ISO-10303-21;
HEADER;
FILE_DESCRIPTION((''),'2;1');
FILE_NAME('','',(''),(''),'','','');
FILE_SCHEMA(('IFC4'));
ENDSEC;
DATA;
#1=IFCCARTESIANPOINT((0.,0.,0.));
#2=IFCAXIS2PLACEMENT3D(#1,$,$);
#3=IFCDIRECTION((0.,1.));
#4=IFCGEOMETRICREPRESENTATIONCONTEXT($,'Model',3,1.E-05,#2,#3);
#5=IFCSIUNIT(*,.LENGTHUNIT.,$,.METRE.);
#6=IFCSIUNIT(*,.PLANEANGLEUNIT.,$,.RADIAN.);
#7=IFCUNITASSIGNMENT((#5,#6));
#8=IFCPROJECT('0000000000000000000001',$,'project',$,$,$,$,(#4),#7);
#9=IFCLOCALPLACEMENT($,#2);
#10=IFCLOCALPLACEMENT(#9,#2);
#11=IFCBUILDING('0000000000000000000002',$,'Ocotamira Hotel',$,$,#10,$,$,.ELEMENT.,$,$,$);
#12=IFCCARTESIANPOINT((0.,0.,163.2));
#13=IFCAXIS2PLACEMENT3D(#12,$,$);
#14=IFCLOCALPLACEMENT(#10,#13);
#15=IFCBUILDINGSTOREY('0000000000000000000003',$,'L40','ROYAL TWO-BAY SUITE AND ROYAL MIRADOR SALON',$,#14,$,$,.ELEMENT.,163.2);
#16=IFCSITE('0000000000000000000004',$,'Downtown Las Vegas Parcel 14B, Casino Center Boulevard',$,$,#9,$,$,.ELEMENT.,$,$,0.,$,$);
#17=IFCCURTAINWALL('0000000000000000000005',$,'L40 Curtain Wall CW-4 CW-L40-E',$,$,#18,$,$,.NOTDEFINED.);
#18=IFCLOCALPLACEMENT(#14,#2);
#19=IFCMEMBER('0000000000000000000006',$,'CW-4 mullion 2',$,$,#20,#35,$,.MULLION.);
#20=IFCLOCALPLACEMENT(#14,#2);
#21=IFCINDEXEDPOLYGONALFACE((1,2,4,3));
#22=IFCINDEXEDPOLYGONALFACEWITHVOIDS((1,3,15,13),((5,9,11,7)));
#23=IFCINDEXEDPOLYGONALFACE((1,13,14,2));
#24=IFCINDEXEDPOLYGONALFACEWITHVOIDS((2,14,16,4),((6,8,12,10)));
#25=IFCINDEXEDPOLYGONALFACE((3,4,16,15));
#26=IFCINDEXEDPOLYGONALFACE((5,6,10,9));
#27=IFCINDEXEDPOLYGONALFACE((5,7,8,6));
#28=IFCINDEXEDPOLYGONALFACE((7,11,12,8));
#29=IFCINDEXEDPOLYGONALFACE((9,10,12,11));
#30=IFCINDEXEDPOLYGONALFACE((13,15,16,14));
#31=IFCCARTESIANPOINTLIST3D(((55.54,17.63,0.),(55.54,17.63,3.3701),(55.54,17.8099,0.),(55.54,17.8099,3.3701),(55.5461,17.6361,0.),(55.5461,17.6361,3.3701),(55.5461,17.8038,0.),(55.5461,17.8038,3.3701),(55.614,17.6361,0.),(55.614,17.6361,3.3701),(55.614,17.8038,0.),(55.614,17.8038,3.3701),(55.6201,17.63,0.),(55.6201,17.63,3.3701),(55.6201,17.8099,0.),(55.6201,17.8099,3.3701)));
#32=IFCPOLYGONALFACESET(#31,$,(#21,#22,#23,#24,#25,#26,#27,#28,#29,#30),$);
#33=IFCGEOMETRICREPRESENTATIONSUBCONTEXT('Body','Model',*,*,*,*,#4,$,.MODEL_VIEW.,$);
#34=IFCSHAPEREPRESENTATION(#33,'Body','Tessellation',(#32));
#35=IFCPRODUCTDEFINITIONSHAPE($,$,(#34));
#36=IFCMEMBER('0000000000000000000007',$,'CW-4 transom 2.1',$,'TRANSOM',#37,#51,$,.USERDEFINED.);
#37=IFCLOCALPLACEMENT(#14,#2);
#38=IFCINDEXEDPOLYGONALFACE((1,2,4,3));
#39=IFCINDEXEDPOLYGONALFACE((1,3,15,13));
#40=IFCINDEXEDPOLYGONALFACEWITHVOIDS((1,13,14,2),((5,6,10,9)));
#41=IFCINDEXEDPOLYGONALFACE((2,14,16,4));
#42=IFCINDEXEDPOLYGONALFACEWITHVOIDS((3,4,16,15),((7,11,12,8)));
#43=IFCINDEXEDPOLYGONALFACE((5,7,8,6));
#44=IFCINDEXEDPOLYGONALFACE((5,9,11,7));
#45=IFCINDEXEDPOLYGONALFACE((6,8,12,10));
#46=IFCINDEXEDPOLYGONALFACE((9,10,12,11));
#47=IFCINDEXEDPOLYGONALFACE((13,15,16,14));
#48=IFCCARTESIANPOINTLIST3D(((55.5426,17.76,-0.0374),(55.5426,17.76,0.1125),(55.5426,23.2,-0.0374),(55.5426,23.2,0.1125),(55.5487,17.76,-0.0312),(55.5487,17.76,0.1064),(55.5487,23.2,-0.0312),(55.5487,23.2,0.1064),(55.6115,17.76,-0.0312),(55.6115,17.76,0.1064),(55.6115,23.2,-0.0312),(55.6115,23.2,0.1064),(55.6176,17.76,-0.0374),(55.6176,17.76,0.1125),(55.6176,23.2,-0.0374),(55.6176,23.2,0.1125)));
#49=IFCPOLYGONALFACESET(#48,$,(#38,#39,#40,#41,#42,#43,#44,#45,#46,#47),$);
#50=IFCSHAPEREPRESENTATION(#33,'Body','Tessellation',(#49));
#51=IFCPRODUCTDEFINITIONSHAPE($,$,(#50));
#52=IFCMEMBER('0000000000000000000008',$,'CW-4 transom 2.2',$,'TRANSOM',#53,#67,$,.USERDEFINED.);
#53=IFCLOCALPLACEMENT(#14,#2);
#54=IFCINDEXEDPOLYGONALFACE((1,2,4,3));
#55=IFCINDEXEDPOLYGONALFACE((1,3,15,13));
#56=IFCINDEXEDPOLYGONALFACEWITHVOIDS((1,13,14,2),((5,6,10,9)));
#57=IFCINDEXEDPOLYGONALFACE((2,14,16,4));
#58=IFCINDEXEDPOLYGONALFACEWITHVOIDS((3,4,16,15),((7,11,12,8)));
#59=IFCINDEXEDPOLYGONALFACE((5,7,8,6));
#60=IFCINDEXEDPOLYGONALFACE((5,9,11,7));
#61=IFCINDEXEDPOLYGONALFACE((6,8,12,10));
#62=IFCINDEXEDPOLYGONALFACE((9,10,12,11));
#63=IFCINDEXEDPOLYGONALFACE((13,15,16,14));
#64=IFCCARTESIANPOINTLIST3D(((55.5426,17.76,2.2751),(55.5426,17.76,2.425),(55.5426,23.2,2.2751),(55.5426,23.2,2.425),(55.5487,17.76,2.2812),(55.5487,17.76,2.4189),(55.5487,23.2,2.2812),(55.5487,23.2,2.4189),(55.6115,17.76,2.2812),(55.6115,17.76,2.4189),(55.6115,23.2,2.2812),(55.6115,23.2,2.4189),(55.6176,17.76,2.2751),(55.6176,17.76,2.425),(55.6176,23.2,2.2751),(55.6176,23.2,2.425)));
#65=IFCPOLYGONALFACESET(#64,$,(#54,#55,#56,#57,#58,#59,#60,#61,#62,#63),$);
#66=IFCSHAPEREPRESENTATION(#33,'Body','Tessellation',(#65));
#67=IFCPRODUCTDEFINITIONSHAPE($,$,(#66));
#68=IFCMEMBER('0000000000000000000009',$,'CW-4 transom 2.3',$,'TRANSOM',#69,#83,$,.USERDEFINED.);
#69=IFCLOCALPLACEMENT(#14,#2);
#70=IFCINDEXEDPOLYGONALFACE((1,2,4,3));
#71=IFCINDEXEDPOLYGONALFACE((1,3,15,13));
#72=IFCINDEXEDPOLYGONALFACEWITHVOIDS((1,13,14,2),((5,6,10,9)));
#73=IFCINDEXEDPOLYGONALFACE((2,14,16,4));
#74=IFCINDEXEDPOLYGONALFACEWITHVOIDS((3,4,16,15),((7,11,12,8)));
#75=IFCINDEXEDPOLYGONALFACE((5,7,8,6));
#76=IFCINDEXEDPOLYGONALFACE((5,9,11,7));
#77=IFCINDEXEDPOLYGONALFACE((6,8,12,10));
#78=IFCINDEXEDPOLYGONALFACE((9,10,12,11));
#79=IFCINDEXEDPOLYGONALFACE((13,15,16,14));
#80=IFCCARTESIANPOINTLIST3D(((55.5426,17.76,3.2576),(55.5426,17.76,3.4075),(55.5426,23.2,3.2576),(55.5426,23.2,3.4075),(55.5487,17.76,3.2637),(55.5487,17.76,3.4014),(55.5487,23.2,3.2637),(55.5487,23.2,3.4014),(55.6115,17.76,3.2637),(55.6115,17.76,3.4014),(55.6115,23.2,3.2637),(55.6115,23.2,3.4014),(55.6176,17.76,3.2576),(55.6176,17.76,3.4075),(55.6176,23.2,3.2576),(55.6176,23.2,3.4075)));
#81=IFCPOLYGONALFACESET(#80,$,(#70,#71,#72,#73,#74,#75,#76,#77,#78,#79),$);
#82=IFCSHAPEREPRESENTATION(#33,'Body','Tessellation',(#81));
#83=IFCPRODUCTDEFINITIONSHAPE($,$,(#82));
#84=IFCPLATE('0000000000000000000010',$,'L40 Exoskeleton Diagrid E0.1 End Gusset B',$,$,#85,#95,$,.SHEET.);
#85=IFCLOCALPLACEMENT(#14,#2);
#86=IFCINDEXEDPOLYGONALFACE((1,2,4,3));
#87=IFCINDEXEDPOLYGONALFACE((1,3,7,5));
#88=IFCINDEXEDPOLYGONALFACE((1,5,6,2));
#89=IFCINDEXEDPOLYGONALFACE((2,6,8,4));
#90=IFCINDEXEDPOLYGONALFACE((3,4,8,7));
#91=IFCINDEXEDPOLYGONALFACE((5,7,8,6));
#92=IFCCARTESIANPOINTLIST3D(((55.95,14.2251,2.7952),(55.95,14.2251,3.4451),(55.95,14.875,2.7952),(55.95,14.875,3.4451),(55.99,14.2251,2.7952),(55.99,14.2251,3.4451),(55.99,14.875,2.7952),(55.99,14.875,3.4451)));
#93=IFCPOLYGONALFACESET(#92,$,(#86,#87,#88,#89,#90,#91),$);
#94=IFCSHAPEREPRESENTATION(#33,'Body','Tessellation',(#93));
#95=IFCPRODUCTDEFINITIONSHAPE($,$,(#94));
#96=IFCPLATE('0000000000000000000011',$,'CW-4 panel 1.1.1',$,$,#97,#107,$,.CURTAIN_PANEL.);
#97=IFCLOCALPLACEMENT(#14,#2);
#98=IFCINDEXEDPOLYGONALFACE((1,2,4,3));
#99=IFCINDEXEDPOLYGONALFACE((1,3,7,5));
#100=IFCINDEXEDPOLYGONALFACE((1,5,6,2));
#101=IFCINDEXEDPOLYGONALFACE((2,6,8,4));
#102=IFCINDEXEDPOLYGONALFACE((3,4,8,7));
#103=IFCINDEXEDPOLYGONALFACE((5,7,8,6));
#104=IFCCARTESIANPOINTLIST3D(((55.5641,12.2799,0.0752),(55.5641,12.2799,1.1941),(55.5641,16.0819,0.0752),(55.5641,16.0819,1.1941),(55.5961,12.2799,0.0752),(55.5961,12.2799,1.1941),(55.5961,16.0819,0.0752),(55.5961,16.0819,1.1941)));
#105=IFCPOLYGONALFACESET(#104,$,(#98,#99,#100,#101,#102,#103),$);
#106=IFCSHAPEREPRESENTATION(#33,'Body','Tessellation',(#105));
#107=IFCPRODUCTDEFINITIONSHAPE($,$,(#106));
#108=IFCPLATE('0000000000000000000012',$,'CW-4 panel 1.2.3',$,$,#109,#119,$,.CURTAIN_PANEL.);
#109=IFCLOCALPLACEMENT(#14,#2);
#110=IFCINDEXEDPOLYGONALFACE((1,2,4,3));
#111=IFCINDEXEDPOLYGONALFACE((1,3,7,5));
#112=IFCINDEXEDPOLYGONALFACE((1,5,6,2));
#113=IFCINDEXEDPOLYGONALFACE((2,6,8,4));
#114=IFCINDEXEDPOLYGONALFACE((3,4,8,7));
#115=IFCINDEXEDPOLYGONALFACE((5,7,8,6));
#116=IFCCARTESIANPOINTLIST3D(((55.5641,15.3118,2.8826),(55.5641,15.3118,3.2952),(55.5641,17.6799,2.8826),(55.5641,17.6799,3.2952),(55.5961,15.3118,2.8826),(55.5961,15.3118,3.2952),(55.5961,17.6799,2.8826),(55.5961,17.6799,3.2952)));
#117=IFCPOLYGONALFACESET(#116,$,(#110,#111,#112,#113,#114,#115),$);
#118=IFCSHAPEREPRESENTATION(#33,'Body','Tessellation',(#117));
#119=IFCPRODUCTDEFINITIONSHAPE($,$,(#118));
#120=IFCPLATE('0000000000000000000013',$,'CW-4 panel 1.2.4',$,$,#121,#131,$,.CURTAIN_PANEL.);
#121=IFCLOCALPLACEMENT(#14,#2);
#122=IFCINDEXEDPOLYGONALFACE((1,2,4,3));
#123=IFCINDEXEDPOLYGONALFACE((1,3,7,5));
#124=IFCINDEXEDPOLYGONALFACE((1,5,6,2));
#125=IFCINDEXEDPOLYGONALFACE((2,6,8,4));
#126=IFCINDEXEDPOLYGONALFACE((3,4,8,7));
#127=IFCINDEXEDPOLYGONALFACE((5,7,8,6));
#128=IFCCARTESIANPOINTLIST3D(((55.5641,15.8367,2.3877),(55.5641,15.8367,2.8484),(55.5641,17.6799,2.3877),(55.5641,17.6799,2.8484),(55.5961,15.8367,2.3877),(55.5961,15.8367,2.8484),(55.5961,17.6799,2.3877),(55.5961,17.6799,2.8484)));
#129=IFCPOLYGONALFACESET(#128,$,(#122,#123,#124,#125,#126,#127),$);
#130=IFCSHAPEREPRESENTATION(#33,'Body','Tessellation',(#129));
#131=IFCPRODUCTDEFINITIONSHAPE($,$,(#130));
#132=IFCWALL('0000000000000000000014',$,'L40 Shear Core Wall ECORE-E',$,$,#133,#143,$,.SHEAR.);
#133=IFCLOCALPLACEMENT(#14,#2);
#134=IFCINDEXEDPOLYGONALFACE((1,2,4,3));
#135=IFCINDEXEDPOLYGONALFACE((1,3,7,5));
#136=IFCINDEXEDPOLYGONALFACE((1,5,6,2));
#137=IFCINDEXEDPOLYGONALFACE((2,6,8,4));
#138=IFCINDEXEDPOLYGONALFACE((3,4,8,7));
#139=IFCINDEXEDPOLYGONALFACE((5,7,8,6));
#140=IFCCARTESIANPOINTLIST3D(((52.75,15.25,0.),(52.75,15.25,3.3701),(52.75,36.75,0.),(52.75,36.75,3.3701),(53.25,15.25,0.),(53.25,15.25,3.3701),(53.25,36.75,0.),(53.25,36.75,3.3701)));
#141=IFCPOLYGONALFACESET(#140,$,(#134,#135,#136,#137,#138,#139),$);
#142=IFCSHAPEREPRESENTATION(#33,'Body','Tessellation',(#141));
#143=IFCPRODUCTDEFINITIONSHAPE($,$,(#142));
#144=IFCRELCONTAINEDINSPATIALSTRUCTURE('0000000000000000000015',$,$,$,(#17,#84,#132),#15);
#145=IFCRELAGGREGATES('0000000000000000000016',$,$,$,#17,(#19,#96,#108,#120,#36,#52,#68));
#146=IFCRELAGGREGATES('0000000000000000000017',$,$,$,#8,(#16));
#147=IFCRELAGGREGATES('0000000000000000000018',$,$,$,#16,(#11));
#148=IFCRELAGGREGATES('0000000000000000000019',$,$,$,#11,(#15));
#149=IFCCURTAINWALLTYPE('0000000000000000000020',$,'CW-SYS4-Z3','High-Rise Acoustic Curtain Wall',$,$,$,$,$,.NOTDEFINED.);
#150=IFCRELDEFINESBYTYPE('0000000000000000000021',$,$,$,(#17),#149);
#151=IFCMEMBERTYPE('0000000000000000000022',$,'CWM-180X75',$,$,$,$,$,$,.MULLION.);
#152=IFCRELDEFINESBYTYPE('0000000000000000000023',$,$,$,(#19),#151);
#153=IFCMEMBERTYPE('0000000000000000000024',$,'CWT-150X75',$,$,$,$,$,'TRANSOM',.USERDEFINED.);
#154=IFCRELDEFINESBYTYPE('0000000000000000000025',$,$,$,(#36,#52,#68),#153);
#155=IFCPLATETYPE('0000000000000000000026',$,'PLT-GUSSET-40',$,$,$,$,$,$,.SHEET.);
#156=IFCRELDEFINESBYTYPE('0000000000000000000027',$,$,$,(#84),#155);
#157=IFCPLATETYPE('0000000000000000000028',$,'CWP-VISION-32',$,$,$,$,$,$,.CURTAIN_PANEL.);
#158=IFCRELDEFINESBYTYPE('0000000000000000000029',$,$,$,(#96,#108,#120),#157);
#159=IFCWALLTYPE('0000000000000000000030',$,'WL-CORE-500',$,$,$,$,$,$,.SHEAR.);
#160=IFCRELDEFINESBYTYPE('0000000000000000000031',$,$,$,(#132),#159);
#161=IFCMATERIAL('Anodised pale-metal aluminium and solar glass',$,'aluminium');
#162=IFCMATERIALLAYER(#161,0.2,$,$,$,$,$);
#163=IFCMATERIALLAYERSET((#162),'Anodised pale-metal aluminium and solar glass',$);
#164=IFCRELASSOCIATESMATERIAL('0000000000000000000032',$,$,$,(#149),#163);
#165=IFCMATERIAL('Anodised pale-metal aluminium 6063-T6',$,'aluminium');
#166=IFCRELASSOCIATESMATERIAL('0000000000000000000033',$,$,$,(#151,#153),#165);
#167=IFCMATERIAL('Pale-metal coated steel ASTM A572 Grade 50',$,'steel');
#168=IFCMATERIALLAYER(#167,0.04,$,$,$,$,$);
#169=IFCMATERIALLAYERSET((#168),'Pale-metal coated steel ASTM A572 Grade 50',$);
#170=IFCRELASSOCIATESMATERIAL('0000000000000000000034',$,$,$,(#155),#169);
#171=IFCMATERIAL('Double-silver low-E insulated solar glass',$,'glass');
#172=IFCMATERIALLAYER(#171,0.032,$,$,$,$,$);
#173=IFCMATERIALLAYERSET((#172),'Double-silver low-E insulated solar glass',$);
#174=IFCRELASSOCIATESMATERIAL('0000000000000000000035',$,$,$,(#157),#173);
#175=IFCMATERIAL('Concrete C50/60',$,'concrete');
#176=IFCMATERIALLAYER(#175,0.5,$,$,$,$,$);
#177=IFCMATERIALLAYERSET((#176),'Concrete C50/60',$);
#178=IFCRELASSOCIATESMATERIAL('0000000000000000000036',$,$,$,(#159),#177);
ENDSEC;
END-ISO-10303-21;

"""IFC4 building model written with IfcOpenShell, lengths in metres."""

from ifc_helpers import new_model, si_unit, direction, frame, frame_2d, origin, origin_2d, place, context, subcontext, project, spatial, rectangle, hollow_rectangle, extrude, source, transform, mapped, material, layer, layer_set, material_profile, profile_set, type_object, element, aggregate, save


model = new_model("IFC4")

# Units and contexts
model_context = context("Model", 3, precision=1e-05, world=origin(), true_north=direction((0.0, 1.0)))
body_context = subcontext(model_context, "Body", "Model", "MODEL_VIEW")
ifc_project = project(units=[si_unit("LENGTHUNIT", "METRE"), si_unit("PLANEANGLEUNIT", "RADIAN")], contexts=[model_context])

# Site, building, storey
site_placement = place(None, origin())
site = spatial("IfcSite", under=ifc_project, at=site_placement, Name="Downtown Las Vegas Parcel 14B, Casino Center Boulevard", CompositionType="ELEMENT", RefElevation=0.0)
building_placement = place(site_placement, origin())
building = spatial("IfcBuilding", under=site, at=building_placement, Name="Ocotamira Hotel", CompositionType="ELEMENT")
storey_placement = place(building_placement, frame((0.0, 0.0, 163.2)))
storey = spatial("IfcBuildingStorey", under=building, at=storey_placement, Name="L40", Description="ROYAL TWO-BAY SUITE AND ROYAL MIRADOR SALON", CompositionType="ELEMENT", Elevation=163.2)

# Curtain wall, members
ifc_material_1 = material(Name="Anodised pale-metal aluminium and solar glass", Category="aluminium")
ifc_layer_1 = layer(ifc_material_1, 0.2)
ifc_layer_set_1 = layer_set([ifc_layer_1], Name="Anodised pale-metal aluminium and solar glass")
curtain_wall_type = type_object("IfcCurtainWallType", Name="CW-SYS4-Z3", Description="High-Rise Acoustic Curtain Wall", PredefinedType="NOTDEFINED", material=ifc_layer_set_1)
curtain_wall_placement = place(storey_placement, origin())
curtain_wall = element("IfcCurtainWall", 1, at=curtain_wall_placement, inside=storey, type_object=curtain_wall_type, Name="L40 Curtain Wall CW-4 CW-L40-E", PredefinedType="NOTDEFINED")
ifc_material_2 = material(Name="Anodised pale-metal aluminium 6063-T6", Category="aluminium")
ifc_material_profile_1 = material_profile(ifc_material_2, hollow_rectangle(XDim=0.0801, YDim=0.1799, WallThickness=0.0061, at=origin_2d()), Name="HSS180X80X6")
ifc_profile_set_1 = profile_set([ifc_material_profile_1], Name="Anodised pale-metal aluminium 6063-T6")
member_type_1 = type_object("IfcMemberType", Name="CWM-180X75", PredefinedType="MULLION", material=ifc_profile_set_1)
shared_shape_1 = source(origin(), body_context, "Body", "SweptSolid", [
    extrude(hollow_rectangle(XDim=0.0801, YDim=0.1799, WallThickness=0.0061, at=origin_2d()), origin(), (0.0, 0.0, 1.0), 3.3701),
])
member_1_placement = place(storey_placement, frame((55.5801, 17.72, 0.0), z_axis=(0.0, 0.0, 1.0), x_axis=(-1.0, 0.0, 0.0)))
member_1 = element("IfcMember", 2, at=member_1_placement, type_object=member_type_1, Name="CW-4 mullion 2", PredefinedType="MULLION", context=body_context, shape_type="MappedRepresentation", body=[
    mapped(shared_shape_1, transform((0.0, 0.0, 0.0), scale=1.0)),
])
ifc_material_profile_2 = material_profile(ifc_material_2, hollow_rectangle(XDim=0.075, YDim=0.1499, WallThickness=0.0061, at=origin_2d()), Name="HSS150X75X6")
ifc_profile_set_2 = profile_set([ifc_material_profile_2], Name="Anodised pale-metal aluminium 6063-T6")
member_type_2 = type_object("IfcMemberType", Name="CWT-150X75", ElementType="TRANSOM", PredefinedType="USERDEFINED", material=ifc_profile_set_2)
shared_shape_2 = source(origin(), body_context, "Body", "SweptSolid", [
    extrude(hollow_rectangle(XDim=0.075, YDim=0.1499, WallThickness=0.0061, at=origin_2d()), origin(), (0.0, 0.0, 1.0), 5.4399),
])
member_2_placement = place(storey_placement, frame((55.5801, 17.76, 0.0376), z_axis=(0.0, 1.0, 0.0), x_axis=(-1.0, 0.0, 0.0)))
member_2 = element("IfcMember", 3, at=member_2_placement, type_object=member_type_2, Name="CW-4 transom 2.1", ObjectType="TRANSOM", PredefinedType="USERDEFINED", context=body_context, shape_type="MappedRepresentation", body=[
    mapped(shared_shape_2, transform((0.0, 0.0, 0.0), scale=1.0)),
])
member_3_placement = place(storey_placement, frame((55.5801, 17.76, 2.3501), z_axis=(0.0, 1.0, 0.0), x_axis=(-1.0, 0.0, 0.0)))
member_3 = element("IfcMember", 4, at=member_3_placement, type_object=member_type_2, Name="CW-4 transom 2.2", ObjectType="TRANSOM", PredefinedType="USERDEFINED", context=body_context, shape_type="MappedRepresentation", body=[
    mapped(shared_shape_2, transform((0.0, 0.0, 0.0), scale=1.0)),
])
member_4_placement = place(storey_placement, frame((55.5801, 17.76, 3.3325), z_axis=(0.0, 1.0, 0.0), x_axis=(-1.0, 0.0, 0.0)))
member_4 = element("IfcMember", 5, at=member_4_placement, type_object=member_type_2, Name="CW-4 transom 2.3", ObjectType="TRANSOM", PredefinedType="USERDEFINED", context=body_context, shape_type="MappedRepresentation", body=[
    mapped(shared_shape_2, transform((0.0, 0.0, 0.0), scale=1.0)),
])

# Plates
ifc_material_3 = material(Name="Pale-metal coated steel ASTM A572 Grade 50", Category="steel")
ifc_layer_2 = layer(ifc_material_3, 0.04)
ifc_layer_set_2 = layer_set([ifc_layer_2], Name="Pale-metal coated steel ASTM A572 Grade 50")
plate_type_1 = type_object("IfcPlateType", Name="PLT-GUSSET-40", PredefinedType="SHEET", material=ifc_layer_set_2)
shared_shape_3 = source(origin(), body_context, "Body", "SweptSolid", [
    extrude(rectangle(XDim=0.04, YDim=0.6499, at=origin_2d()), origin(), (0.0, 0.0, 1.0), 0.6499),
])
plate_1_placement = place(storey_placement, frame((55.97, 14.55, 2.7952), z_axis=(0.0, 0.0, 1.0), x_axis=(1.0, 0.0, 0.0)))
element("IfcPlate", 6, at=plate_1_placement, inside=storey, type_object=plate_type_1, Name="L40 Exoskeleton Diagrid E0.1 End Gusset B", PredefinedType="SHEET", context=body_context, shape_type="MappedRepresentation", body=[
    mapped(shared_shape_3, transform((0.0, 0.0, 0.0), scale=1.0)),
])
ifc_material_4 = material(Name="Double-silver low-E insulated solar glass", Category="glass")
ifc_layer_3 = layer(ifc_material_4, 0.032)
ifc_layer_set_3 = layer_set([ifc_layer_3], Name="Double-silver low-E insulated solar glass")
plate_type_2 = type_object("IfcPlateType", Name="CWP-VISION-32", PredefinedType="CURTAIN_PANEL", material=ifc_layer_set_3)
shared_shape_4 = source(origin(), body_context, "Body", "SweptSolid", [
    extrude(rectangle(XDim=3.802, YDim=0.032, at=origin_2d()), origin(), (0.0, 0.0, 1.0), 1.1189),
])
plate_2_placement = place(storey_placement, frame((55.5801, 14.1809, 0.0752), z_axis=(0.0, 0.0, 1.0), x_axis=(0.0, 1.0, 0.0)))
plate_2 = element("IfcPlate", 7, at=plate_2_placement, type_object=plate_type_2, Name="CW-4 panel 1.1.1", PredefinedType="CURTAIN_PANEL", context=body_context, shape_type="MappedRepresentation", body=[
    mapped(shared_shape_4, transform((0.0, 0.0, 0.0), scale=1.0)),
])
shared_shape_5 = source(origin(), body_context, "Body", "SweptSolid", [
    extrude(rectangle(XDim=2.3682, YDim=0.032, at=origin_2d()), origin(), (0.0, 0.0, 1.0), 0.4126),
])
plate_3_placement = place(storey_placement, frame((55.5801, 16.4958, 2.8826), z_axis=(0.0, 0.0, 1.0), x_axis=(0.0, 1.0, 0.0)))
plate_3 = element("IfcPlate", 8, at=plate_3_placement, type_object=plate_type_2, Name="CW-4 panel 1.2.3", PredefinedType="CURTAIN_PANEL", context=body_context, shape_type="MappedRepresentation", body=[
    mapped(shared_shape_5, transform((0.0, 0.0, 0.0), scale=1.0)),
])
shared_shape_6 = source(origin(), body_context, "Body", "SweptSolid", [
    extrude(rectangle(XDim=1.8433, YDim=0.032, at=origin_2d()), origin(), (0.0, 0.0, 1.0), 0.4607),
])
plate_4_placement = place(storey_placement, frame((55.5801, 16.7583, 2.3877), z_axis=(0.0, 0.0, 1.0), x_axis=(0.0, 1.0, 0.0)))
plate_4 = element("IfcPlate", 9, at=plate_4_placement, type_object=plate_type_2, Name="CW-4 panel 1.2.4", PredefinedType="CURTAIN_PANEL", context=body_context, shape_type="MappedRepresentation", body=[
    mapped(shared_shape_6, transform((0.0, 0.0, 0.0), scale=1.0)),
])
aggregate(curtain_wall, [member_1, plate_2, plate_3, plate_4, member_2, member_3, member_4])

# Wall
ifc_material_5 = material(Name="Concrete C50/60", Category="concrete")
ifc_layer_4 = layer(ifc_material_5, 0.5)
ifc_layer_set_4 = layer_set([ifc_layer_4], Name="Concrete C50/60")
wall_type_1 = type_object("IfcWallType", Name="WL-CORE-500", PredefinedType="SHEAR", material=ifc_layer_set_4)
wall_1_placement = place(storey_placement, frame((53.0, 15.25, 0.0), z_axis=(0.0, 0.0, 1.0), x_axis=(0.0, 1.0, 0.0)))
element("IfcWall", 10, at=wall_1_placement, inside=storey, type_object=wall_type_1, Name="L40 Shear Core Wall ECORE-E", PredefinedType="SHEAR", context=body_context, shape_type="SweptSolid", body=[
    extrude(rectangle(XDim=21.5, YDim=0.5, at=frame_2d((10.75, 0.0))), origin(), (0.0, 0.0, 1.0), 3.3701),
])

save(model, "model.ifc")
